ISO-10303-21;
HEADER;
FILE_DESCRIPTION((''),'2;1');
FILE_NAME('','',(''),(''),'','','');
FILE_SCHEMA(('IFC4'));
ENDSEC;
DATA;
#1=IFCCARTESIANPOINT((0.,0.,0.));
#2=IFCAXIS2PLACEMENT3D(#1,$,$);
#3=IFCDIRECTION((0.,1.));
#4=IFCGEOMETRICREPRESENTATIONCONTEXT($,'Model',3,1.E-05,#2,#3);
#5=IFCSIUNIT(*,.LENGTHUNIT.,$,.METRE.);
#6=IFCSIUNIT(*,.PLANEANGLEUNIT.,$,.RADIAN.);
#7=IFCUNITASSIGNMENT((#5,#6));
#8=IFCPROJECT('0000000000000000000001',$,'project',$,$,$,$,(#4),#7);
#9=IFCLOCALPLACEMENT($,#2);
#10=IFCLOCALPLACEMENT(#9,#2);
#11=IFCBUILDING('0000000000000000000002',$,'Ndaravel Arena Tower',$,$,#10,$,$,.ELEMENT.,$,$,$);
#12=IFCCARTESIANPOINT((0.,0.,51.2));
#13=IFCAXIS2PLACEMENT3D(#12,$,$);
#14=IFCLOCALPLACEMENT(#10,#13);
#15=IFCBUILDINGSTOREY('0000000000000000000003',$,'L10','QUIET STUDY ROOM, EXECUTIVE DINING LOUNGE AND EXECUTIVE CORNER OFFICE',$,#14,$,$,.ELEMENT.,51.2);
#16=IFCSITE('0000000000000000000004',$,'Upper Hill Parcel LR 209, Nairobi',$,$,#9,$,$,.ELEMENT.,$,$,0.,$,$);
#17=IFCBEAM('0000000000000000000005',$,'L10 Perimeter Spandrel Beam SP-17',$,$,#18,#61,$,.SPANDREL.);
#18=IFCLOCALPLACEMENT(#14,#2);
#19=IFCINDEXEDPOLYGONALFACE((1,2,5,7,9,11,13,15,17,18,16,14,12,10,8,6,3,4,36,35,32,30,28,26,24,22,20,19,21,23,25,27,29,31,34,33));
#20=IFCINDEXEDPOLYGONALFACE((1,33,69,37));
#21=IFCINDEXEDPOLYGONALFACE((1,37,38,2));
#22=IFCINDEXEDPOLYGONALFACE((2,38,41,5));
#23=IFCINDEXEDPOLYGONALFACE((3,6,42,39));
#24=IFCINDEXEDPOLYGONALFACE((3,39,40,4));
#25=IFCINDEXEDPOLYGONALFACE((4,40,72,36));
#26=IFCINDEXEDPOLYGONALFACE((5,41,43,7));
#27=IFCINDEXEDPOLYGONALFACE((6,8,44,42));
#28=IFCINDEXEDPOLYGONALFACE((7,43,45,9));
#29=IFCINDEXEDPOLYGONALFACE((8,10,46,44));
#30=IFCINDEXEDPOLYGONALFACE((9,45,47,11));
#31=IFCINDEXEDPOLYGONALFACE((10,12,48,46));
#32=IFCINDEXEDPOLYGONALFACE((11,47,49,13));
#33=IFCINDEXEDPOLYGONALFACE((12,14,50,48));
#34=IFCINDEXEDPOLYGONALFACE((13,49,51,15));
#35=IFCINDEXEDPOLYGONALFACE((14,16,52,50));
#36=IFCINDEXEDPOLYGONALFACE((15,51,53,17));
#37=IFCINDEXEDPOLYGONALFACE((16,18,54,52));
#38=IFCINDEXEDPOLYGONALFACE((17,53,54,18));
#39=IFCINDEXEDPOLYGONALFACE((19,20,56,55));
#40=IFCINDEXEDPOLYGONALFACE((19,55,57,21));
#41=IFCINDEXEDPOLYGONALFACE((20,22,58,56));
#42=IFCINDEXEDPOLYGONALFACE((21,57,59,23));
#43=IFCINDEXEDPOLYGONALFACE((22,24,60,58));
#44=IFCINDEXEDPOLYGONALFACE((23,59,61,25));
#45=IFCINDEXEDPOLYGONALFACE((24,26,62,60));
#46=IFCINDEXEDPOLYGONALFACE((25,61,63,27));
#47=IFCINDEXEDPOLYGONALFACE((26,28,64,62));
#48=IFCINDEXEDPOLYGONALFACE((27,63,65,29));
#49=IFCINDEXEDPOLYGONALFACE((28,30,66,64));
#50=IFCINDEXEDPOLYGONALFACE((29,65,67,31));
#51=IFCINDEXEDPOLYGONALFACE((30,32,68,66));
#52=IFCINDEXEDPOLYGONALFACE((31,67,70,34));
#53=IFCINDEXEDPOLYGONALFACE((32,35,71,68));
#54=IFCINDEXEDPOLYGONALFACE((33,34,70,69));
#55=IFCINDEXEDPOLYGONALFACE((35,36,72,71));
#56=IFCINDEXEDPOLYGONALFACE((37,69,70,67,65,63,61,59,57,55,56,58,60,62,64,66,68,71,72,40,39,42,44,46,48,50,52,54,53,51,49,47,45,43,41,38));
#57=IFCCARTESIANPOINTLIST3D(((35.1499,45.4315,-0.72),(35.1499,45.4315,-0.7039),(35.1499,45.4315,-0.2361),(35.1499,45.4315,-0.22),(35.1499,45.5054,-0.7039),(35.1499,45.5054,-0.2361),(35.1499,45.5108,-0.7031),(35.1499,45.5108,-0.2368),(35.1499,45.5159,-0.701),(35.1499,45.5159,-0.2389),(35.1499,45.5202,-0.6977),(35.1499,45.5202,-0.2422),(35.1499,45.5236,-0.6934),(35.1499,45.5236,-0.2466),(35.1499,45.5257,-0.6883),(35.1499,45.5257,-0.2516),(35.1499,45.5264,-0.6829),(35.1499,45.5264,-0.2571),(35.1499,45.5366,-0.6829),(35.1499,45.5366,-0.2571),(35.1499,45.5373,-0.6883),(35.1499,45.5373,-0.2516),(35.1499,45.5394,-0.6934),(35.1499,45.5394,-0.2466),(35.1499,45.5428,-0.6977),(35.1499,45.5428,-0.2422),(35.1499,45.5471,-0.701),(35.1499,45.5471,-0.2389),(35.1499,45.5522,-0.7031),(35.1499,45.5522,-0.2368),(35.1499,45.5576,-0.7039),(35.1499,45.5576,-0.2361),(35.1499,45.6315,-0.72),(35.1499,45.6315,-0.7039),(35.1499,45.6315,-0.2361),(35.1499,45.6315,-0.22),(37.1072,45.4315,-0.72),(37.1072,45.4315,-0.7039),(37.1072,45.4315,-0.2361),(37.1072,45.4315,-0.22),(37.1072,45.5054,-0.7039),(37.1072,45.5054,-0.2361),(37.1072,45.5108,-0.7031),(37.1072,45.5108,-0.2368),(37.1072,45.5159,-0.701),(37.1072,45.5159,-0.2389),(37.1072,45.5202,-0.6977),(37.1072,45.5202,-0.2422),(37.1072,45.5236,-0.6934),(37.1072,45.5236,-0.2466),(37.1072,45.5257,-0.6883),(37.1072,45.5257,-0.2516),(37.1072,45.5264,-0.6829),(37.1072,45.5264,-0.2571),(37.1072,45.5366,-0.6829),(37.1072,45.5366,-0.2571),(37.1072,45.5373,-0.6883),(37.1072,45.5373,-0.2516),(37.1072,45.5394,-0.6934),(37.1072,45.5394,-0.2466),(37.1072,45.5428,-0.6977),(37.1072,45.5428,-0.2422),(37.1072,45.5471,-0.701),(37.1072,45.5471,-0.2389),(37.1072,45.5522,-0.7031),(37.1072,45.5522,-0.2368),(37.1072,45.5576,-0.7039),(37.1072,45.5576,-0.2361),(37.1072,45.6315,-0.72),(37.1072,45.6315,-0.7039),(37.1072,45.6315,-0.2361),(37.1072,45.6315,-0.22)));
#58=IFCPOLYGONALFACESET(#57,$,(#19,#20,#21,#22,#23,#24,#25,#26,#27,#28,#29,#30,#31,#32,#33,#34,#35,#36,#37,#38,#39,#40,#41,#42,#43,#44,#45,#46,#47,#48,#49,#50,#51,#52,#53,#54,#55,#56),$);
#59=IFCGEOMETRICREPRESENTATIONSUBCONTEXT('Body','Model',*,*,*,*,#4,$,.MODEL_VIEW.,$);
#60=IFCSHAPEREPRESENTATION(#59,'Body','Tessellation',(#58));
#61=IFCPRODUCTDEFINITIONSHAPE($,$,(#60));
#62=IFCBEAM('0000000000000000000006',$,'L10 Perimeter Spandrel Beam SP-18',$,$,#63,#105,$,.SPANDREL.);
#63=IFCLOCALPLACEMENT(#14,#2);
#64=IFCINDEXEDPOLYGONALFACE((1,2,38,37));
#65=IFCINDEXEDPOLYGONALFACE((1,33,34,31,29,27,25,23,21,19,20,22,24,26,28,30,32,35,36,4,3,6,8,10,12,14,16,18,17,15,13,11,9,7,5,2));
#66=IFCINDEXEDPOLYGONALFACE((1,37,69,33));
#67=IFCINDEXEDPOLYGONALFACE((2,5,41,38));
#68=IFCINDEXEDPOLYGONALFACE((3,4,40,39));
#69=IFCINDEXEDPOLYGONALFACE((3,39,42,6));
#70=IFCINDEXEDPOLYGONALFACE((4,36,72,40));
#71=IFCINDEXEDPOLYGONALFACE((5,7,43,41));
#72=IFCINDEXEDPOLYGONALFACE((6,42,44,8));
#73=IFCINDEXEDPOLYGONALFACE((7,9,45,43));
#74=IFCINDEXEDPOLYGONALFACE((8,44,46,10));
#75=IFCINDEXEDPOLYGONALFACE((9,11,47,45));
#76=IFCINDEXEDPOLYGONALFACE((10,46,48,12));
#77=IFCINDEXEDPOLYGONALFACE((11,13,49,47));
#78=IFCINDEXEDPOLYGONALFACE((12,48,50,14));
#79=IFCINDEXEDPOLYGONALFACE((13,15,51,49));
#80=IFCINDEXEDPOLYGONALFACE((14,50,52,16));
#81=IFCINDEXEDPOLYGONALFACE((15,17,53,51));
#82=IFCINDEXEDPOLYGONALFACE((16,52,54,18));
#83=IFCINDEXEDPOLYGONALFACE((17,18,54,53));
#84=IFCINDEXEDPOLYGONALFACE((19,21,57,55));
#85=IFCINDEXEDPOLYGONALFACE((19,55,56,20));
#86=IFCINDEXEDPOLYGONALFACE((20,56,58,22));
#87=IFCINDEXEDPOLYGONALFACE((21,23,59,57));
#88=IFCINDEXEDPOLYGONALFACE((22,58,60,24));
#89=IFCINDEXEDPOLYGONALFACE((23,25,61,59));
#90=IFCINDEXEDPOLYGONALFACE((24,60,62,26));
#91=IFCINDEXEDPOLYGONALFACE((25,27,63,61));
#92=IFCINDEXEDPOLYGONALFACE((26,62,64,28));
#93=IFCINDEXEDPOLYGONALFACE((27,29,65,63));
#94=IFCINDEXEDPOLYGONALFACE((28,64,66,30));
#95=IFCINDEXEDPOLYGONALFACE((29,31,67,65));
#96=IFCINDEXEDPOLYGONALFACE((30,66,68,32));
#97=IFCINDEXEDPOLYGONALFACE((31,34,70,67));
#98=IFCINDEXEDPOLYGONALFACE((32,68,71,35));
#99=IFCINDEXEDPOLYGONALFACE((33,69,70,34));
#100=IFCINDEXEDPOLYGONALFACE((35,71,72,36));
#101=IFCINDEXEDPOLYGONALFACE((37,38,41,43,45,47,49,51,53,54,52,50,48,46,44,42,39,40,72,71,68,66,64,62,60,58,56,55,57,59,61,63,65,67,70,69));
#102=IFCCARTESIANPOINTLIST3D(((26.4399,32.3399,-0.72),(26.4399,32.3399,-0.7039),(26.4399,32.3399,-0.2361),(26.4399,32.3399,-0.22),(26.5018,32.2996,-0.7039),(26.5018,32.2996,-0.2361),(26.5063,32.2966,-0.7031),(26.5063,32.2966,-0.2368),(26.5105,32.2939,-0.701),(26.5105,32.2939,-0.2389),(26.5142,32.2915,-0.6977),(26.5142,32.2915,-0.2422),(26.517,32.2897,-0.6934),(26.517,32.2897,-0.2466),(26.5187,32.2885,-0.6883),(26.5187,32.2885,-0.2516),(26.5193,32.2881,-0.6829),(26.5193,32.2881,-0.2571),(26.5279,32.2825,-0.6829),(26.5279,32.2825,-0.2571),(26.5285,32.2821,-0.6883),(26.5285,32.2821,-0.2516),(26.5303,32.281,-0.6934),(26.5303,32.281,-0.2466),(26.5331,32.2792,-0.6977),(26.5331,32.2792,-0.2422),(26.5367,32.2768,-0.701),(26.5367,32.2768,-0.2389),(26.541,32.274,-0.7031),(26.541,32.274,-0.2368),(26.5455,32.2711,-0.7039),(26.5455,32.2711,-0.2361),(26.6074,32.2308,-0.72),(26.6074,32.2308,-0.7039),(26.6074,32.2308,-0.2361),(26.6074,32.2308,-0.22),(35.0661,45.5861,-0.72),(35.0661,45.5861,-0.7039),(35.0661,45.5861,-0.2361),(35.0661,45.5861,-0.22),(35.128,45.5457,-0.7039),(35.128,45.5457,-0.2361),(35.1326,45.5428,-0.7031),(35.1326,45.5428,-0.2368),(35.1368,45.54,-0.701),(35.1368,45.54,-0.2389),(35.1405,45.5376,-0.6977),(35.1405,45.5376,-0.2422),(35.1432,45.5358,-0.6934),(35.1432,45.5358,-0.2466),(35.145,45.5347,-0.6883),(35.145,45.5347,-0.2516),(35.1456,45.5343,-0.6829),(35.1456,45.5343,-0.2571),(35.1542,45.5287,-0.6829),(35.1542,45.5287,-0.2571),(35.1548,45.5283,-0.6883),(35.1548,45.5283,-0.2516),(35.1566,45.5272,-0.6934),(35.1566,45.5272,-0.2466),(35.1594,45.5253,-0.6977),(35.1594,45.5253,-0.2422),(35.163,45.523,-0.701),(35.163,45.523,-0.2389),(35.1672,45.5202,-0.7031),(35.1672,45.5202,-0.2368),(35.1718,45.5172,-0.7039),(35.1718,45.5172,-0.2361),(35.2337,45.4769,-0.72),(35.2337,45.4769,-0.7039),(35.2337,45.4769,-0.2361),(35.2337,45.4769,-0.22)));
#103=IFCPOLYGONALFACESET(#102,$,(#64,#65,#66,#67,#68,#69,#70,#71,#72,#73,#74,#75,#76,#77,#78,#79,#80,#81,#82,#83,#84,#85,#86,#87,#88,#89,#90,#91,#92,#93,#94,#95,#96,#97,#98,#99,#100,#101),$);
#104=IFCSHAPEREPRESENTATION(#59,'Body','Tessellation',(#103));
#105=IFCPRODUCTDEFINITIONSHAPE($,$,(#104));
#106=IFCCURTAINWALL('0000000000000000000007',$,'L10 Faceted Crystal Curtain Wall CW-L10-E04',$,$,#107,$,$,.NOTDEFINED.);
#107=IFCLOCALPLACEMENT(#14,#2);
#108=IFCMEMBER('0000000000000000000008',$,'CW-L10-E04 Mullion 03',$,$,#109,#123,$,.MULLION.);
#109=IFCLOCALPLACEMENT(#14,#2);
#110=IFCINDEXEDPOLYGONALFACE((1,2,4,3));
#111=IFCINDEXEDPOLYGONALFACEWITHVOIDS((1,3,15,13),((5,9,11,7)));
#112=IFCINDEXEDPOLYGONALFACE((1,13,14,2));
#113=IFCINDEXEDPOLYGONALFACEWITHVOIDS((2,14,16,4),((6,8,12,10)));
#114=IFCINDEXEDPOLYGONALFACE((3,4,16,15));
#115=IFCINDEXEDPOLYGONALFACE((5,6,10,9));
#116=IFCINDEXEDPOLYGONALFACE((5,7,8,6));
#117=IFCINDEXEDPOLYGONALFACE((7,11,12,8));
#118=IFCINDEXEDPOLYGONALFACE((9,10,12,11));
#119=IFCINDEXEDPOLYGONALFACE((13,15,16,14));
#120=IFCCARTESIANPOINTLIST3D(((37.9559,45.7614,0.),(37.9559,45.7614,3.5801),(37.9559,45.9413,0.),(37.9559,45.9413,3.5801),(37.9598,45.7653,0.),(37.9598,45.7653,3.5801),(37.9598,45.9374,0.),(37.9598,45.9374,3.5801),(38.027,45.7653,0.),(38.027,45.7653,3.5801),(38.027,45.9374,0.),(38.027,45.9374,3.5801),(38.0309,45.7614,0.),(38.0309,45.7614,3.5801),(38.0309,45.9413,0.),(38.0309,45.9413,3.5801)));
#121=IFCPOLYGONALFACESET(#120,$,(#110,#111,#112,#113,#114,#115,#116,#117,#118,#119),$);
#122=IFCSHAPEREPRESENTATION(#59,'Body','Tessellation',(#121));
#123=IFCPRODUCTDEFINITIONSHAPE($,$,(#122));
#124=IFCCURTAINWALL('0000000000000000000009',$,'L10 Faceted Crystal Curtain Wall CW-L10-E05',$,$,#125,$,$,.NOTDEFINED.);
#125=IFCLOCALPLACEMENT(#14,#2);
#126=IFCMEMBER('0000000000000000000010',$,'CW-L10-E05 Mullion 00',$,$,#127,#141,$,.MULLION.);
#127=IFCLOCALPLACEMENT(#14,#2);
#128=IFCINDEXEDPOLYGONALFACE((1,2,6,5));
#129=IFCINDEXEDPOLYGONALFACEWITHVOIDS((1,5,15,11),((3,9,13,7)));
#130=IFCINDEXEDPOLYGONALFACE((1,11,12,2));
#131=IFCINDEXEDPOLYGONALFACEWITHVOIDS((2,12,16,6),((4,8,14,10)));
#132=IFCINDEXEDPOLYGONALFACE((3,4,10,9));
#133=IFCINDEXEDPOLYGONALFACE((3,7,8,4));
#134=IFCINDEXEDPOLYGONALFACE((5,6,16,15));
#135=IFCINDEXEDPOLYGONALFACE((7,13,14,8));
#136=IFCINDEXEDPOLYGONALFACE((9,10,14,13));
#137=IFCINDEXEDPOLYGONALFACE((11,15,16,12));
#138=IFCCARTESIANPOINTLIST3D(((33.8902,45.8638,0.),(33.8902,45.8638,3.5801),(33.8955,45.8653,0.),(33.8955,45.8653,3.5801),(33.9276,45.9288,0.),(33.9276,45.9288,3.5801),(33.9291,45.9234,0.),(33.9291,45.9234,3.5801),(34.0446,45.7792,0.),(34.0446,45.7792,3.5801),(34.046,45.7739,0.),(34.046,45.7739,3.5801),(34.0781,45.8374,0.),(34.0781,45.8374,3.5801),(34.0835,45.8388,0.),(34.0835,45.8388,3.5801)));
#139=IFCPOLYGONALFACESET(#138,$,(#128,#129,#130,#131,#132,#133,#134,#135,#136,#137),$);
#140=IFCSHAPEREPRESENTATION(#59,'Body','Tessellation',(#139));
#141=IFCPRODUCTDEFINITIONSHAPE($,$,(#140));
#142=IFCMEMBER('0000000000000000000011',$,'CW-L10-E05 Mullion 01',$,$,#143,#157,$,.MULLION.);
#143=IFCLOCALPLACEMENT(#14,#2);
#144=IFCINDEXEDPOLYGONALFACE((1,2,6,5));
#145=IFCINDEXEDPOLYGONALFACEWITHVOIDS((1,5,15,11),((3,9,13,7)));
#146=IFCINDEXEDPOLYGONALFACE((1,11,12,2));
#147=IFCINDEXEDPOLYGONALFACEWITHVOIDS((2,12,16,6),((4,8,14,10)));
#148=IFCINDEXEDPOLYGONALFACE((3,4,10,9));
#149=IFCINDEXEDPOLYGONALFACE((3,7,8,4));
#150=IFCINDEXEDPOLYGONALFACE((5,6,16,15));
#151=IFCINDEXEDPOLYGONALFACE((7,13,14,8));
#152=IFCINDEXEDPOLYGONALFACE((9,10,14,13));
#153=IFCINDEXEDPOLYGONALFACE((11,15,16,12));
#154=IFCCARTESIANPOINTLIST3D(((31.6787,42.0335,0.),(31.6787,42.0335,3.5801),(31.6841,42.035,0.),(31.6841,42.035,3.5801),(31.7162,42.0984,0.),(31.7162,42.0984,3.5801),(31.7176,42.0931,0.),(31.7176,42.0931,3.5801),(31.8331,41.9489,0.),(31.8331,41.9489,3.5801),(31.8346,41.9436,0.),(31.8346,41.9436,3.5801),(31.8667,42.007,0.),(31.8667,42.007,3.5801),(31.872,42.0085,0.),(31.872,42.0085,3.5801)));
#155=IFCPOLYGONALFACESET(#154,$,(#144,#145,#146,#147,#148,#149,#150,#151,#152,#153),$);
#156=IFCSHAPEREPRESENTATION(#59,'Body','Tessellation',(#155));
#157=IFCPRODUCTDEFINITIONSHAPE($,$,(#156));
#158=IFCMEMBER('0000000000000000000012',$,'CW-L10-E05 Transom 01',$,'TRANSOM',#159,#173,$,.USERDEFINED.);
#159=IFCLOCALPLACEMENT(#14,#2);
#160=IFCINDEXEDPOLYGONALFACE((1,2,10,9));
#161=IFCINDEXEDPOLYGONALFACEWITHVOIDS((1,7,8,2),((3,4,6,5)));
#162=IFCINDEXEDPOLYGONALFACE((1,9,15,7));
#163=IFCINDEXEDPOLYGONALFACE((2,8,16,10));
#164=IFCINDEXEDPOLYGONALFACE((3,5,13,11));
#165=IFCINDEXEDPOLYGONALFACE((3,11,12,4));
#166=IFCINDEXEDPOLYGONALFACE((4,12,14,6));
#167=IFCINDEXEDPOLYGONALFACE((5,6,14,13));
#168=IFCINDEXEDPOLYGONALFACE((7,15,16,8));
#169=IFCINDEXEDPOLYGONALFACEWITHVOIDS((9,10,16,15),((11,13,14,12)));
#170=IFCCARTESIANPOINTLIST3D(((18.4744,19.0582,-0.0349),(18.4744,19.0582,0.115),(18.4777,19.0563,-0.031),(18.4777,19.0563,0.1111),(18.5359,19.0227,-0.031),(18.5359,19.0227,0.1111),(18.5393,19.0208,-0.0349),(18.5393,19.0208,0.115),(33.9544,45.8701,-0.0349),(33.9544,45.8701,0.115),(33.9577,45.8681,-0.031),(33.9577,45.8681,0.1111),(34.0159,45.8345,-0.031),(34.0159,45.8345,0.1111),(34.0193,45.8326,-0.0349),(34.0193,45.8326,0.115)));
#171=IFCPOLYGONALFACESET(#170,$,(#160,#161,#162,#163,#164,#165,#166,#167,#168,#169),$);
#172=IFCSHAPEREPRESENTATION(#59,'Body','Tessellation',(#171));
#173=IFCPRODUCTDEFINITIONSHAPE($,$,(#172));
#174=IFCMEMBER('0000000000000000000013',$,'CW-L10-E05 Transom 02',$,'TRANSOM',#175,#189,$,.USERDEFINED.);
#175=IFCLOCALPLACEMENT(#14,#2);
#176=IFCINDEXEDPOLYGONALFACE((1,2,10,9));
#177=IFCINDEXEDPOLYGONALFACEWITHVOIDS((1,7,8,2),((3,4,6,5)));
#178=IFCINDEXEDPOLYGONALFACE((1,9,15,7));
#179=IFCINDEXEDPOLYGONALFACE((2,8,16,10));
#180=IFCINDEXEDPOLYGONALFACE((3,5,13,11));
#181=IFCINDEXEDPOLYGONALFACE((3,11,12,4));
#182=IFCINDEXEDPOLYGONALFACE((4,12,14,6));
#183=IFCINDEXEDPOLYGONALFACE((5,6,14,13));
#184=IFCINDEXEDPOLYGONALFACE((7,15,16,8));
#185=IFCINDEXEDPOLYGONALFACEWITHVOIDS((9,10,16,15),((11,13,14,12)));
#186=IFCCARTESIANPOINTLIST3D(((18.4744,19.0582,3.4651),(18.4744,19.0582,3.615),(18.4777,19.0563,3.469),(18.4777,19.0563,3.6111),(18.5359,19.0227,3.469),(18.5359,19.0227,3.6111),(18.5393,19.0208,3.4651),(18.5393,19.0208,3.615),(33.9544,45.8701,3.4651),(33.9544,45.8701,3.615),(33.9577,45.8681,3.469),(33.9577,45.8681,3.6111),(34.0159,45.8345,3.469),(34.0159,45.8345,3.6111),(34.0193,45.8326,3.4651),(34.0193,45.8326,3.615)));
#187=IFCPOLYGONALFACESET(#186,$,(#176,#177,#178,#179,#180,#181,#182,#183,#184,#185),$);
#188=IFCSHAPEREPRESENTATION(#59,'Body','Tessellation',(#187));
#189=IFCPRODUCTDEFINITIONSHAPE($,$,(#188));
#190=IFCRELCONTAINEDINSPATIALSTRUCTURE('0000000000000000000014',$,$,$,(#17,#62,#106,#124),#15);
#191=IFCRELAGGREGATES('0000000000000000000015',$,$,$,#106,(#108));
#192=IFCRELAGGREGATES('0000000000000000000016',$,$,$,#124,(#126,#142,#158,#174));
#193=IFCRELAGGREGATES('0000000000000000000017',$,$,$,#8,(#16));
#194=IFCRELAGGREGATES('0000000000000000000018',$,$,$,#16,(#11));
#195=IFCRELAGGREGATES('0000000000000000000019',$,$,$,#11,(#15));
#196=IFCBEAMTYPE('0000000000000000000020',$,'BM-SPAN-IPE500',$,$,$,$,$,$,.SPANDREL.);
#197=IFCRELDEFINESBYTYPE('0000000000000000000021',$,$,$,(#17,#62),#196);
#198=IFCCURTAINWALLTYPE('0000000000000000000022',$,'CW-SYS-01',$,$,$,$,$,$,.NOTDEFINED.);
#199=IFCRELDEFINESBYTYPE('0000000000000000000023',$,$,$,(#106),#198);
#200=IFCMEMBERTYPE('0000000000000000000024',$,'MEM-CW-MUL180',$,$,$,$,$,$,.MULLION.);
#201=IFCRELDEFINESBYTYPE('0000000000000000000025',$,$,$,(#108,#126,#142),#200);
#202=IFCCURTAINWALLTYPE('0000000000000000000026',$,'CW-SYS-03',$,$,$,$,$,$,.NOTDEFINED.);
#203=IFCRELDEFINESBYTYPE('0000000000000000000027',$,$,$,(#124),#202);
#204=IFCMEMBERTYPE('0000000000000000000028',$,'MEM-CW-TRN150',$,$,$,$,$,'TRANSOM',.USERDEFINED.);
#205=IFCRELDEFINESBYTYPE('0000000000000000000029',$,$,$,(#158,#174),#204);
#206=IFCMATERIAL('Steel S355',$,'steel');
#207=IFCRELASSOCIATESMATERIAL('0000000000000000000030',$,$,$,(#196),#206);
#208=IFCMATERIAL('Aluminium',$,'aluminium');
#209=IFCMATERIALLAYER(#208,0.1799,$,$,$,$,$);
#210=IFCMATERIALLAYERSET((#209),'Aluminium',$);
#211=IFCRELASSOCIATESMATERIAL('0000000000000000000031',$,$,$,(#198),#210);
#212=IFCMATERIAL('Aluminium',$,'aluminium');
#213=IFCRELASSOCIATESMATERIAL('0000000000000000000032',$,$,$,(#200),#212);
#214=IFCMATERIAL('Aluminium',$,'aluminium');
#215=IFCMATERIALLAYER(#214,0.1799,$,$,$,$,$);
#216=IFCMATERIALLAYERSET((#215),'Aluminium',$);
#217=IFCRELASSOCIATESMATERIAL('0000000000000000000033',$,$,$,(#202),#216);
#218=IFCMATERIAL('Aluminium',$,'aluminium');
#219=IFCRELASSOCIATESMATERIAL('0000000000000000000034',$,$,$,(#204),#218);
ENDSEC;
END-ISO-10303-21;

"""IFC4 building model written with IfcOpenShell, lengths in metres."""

from ifc_helpers import new_model, si_unit, direction, frame, origin, origin_2d, place, context, subcontext, project, spatial, hollow_rectangle, i_section, extrude, material, layer, layer_set, material_profile, profile_set, type_object, element, aggregate, save


model = new_model("IFC4")

# Units and contexts
model_context = context("Model", 3, precision=1e-05, world=origin(), true_north=direction((0.0, 1.0)))
body_context = subcontext(model_context, "Body", "Model", "MODEL_VIEW")
ifc_project = project(units=[si_unit("LENGTHUNIT", "METRE"), si_unit("PLANEANGLEUNIT", "RADIAN")], contexts=[model_context])

# Site, building, storey
site_placement = place(None, origin())
site = spatial("IfcSite", under=ifc_project, at=site_placement, Name="Upper Hill Parcel LR 209, Nairobi", CompositionType="ELEMENT", RefElevation=0.0)
building_placement = place(site_placement, origin())
building = spatial("IfcBuilding", under=site, at=building_placement, Name="Ndaravel Arena Tower", CompositionType="ELEMENT")
storey_placement = place(building_placement, frame((0.0, 0.0, 51.2)))
storey = spatial("IfcBuildingStorey", under=building, at=storey_placement, Name="L10", Description="QUIET STUDY ROOM, EXECUTIVE DINING LOUNGE AND EXECUTIVE CORNER OFFICE", CompositionType="ELEMENT", Elevation=51.2)

# Beams
ifc_material_1 = material(Name="Steel S355", Category="steel")
ifc_material_profile_1 = material_profile(ifc_material_1, i_section(OverallWidth=0.2, OverallDepth=0.5, WebThickness=0.0103, FlangeThickness=0.0161, FilletRadius=0.021, at=origin_2d()), Name="IPE 500")
ifc_profile_set_1 = profile_set([ifc_material_profile_1], Name="Steel S355")
beam_type_1 = type_object("IfcBeamType", Name="BM-SPAN-IPE500", PredefinedType="SPANDREL", material=ifc_profile_set_1)
beam_1_placement = place(storey_placement, frame((37.1072, 45.5315, -0.47), z_axis=(-1.0, 0.0, 0.0), x_axis=(0.0, -1.0, 0.0)))
element("IfcBeam", 1, at=beam_1_placement, inside=storey, type_object=beam_type_1, Name="L10 Perimeter Spandrel Beam SP-17", PredefinedType="SPANDREL", context=body_context, shape_type="SweptSolid", body=[
    extrude(i_section(OverallWidth=0.2, OverallDepth=0.5, WebThickness=0.0103, FlangeThickness=0.0161, FilletRadius=0.021, at=origin_2d()), origin(), (0.0, 0.0, 1.0), 1.9573),
])
beam_2_placement = place(storey_placement, frame((35.1499, 45.5315, -0.47), z_axis=(-0.545711, -0.837973, 0.0), x_axis=(0.837973, -0.545711, 0.0)))
element("IfcBeam", 2, at=beam_2_placement, inside=storey, type_object=beam_type_1, Name="L10 Perimeter Spandrel Beam SP-18", PredefinedType="SPANDREL", context=body_context, shape_type="SweptSolid", body=[
    extrude(i_section(OverallWidth=0.2, OverallDepth=0.5, WebThickness=0.0103, FlangeThickness=0.0161, FilletRadius=0.021, at=origin_2d()), origin(), (0.0, 0.0, 1.0), 15.8074),
])

# Curtain wall, member
ifc_material_2 = material(Name="Aluminium", Category="aluminium")
ifc_layer_1 = layer(ifc_material_2, 0.1799)
ifc_layer_set_1 = layer_set([ifc_layer_1], Name="Aluminium")
curtain_wall_type_1 = type_object("IfcCurtainWallType", Name="CW-SYS-01", PredefinedType="NOTDEFINED", material=ifc_layer_set_1)
curtain_wall_1_placement = place(storey_placement, origin())
curtain_wall_1 = element("IfcCurtainWall", 3, at=curtain_wall_1_placement, inside=storey, type_object=curtain_wall_type_1, Name="L10 Faceted Crystal Curtain Wall CW-L10-E04", PredefinedType="NOTDEFINED")
ifc_material_3 = material(Name="Aluminium", Category="aluminium")
ifc_material_profile_2 = material_profile(ifc_material_3, hollow_rectangle(XDim=0.075, YDim=0.1799, WallThickness=0.0039, at=origin_2d()), Name="CW MULLION 75x180x4")
ifc_profile_set_2 = profile_set([ifc_material_profile_2], Name="Aluminium")
member_type_1 = type_object("IfcMemberType", Name="MEM-CW-MUL180", PredefinedType="MULLION", material=ifc_profile_set_2)
member_1_placement = place(storey_placement, frame((37.9934, 45.8513, 0.0), z_axis=(0.0, 0.0, 1.0), x_axis=(-1.0, 0.0, 0.0)))
member_1 = element("IfcMember", 4, at=member_1_placement, type_object=member_type_1, Name="CW-L10-E04 Mullion 03", PredefinedType="MULLION", context=body_context, shape_type="SweptSolid", body=[
    extrude(hollow_rectangle(XDim=0.075, YDim=0.1799, WallThickness=0.0039, at=origin_2d()), origin(), (0.0, 0.0, 1.0), 3.5801),
])

# Curtain wall, members
ifc_material_4 = material(Name="Aluminium", Category="aluminium")
ifc_layer_2 = layer(ifc_material_4, 0.1799)
ifc_layer_set_2 = layer_set([ifc_layer_2], Name="Aluminium")
curtain_wall_type_2 = type_object("IfcCurtainWallType", Name="CW-SYS-03", PredefinedType="NOTDEFINED", material=ifc_layer_set_2)
curtain_wall_2_placement = place(storey_placement, origin())
curtain_wall_2 = element("IfcCurtainWall", 5, at=curtain_wall_2_placement, inside=storey, type_object=curtain_wall_type_2, Name="L10 Faceted Crystal Curtain Wall CW-L10-E05", PredefinedType="NOTDEFINED")
member_2_placement = place(storey_placement, frame((33.9868, 45.8513, 0.0), z_axis=(0.0, 0.0, 1.0), x_axis=(-0.5, -0.866025, 0.0)))
member_2 = element("IfcMember", 6, at=member_2_placement, type_object=member_type_1, Name="CW-L10-E05 Mullion 00", PredefinedType="MULLION", context=body_context, shape_type="SweptSolid", body=[
    extrude(hollow_rectangle(XDim=0.075, YDim=0.1799, WallThickness=0.0039, at=origin_2d()), origin(), (0.0, 0.0, 1.0), 3.5801),
])
member_3_placement = place(storey_placement, frame((31.7754, 42.021, 0.0), z_axis=(0.0, 0.0, 1.0), x_axis=(-0.5, -0.866025, 0.0)))
member_3 = element("IfcMember", 7, at=member_3_placement, type_object=member_type_1, Name="CW-L10-E05 Mullion 01", PredefinedType="MULLION", context=body_context, shape_type="SweptSolid", body=[
    extrude(hollow_rectangle(XDim=0.075, YDim=0.1799, WallThickness=0.0039, at=origin_2d()), origin(), (0.0, 0.0, 1.0), 3.5801),
])
ifc_material_5 = material(Name="Aluminium", Category="aluminium")
ifc_material_profile_3 = material_profile(ifc_material_5, hollow_rectangle(XDim=0.075, YDim=0.1499, WallThickness=0.0039, at=origin_2d()), Name="CW TRANSOM 75x150x4")
ifc_profile_set_3 = profile_set([ifc_material_profile_3], Name="Aluminium")
member_type_2 = type_object("IfcMemberType", Name="MEM-CW-TRN150", ElementType="TRANSOM", PredefinedType="USERDEFINED", material=ifc_profile_set_3)
member_4_placement = place(storey_placement, frame((33.9868, 45.8513, 0.04), z_axis=(-0.500005, -0.866023, 0.0), x_axis=(0.866023, -0.500005, 0.0)))
member_4 = element("IfcMember", 8, at=member_4_placement, type_object=member_type_2, Name="CW-L10-E05 Transom 01", ObjectType="TRANSOM", PredefinedType="USERDEFINED", context=body_context, shape_type="SweptSolid", body=[
    extrude(hollow_rectangle(XDim=0.075, YDim=0.1499, WallThickness=0.0039, at=origin_2d()), origin(), (0.0, 0.0, 1.0), 30.9597),
])
member_5_placement = place(storey_placement, frame((33.9868, 45.8513, 3.54), z_axis=(-0.500005, -0.866023, 0.0), x_axis=(0.866023, -0.500005, 0.0)))
member_5 = element("IfcMember", 9, at=member_5_placement, type_object=member_type_2, Name="CW-L10-E05 Transom 02", ObjectType="TRANSOM", PredefinedType="USERDEFINED", context=body_context, shape_type="SweptSolid", body=[
    extrude(hollow_rectangle(XDim=0.075, YDim=0.1499, WallThickness=0.0039, at=origin_2d()), origin(), (0.0, 0.0, 1.0), 30.9597),
])

aggregate(curtain_wall_1, [member_1])
aggregate(curtain_wall_2, [member_2, member_3, member_4, member_5])

save(model, "model.ifc")
